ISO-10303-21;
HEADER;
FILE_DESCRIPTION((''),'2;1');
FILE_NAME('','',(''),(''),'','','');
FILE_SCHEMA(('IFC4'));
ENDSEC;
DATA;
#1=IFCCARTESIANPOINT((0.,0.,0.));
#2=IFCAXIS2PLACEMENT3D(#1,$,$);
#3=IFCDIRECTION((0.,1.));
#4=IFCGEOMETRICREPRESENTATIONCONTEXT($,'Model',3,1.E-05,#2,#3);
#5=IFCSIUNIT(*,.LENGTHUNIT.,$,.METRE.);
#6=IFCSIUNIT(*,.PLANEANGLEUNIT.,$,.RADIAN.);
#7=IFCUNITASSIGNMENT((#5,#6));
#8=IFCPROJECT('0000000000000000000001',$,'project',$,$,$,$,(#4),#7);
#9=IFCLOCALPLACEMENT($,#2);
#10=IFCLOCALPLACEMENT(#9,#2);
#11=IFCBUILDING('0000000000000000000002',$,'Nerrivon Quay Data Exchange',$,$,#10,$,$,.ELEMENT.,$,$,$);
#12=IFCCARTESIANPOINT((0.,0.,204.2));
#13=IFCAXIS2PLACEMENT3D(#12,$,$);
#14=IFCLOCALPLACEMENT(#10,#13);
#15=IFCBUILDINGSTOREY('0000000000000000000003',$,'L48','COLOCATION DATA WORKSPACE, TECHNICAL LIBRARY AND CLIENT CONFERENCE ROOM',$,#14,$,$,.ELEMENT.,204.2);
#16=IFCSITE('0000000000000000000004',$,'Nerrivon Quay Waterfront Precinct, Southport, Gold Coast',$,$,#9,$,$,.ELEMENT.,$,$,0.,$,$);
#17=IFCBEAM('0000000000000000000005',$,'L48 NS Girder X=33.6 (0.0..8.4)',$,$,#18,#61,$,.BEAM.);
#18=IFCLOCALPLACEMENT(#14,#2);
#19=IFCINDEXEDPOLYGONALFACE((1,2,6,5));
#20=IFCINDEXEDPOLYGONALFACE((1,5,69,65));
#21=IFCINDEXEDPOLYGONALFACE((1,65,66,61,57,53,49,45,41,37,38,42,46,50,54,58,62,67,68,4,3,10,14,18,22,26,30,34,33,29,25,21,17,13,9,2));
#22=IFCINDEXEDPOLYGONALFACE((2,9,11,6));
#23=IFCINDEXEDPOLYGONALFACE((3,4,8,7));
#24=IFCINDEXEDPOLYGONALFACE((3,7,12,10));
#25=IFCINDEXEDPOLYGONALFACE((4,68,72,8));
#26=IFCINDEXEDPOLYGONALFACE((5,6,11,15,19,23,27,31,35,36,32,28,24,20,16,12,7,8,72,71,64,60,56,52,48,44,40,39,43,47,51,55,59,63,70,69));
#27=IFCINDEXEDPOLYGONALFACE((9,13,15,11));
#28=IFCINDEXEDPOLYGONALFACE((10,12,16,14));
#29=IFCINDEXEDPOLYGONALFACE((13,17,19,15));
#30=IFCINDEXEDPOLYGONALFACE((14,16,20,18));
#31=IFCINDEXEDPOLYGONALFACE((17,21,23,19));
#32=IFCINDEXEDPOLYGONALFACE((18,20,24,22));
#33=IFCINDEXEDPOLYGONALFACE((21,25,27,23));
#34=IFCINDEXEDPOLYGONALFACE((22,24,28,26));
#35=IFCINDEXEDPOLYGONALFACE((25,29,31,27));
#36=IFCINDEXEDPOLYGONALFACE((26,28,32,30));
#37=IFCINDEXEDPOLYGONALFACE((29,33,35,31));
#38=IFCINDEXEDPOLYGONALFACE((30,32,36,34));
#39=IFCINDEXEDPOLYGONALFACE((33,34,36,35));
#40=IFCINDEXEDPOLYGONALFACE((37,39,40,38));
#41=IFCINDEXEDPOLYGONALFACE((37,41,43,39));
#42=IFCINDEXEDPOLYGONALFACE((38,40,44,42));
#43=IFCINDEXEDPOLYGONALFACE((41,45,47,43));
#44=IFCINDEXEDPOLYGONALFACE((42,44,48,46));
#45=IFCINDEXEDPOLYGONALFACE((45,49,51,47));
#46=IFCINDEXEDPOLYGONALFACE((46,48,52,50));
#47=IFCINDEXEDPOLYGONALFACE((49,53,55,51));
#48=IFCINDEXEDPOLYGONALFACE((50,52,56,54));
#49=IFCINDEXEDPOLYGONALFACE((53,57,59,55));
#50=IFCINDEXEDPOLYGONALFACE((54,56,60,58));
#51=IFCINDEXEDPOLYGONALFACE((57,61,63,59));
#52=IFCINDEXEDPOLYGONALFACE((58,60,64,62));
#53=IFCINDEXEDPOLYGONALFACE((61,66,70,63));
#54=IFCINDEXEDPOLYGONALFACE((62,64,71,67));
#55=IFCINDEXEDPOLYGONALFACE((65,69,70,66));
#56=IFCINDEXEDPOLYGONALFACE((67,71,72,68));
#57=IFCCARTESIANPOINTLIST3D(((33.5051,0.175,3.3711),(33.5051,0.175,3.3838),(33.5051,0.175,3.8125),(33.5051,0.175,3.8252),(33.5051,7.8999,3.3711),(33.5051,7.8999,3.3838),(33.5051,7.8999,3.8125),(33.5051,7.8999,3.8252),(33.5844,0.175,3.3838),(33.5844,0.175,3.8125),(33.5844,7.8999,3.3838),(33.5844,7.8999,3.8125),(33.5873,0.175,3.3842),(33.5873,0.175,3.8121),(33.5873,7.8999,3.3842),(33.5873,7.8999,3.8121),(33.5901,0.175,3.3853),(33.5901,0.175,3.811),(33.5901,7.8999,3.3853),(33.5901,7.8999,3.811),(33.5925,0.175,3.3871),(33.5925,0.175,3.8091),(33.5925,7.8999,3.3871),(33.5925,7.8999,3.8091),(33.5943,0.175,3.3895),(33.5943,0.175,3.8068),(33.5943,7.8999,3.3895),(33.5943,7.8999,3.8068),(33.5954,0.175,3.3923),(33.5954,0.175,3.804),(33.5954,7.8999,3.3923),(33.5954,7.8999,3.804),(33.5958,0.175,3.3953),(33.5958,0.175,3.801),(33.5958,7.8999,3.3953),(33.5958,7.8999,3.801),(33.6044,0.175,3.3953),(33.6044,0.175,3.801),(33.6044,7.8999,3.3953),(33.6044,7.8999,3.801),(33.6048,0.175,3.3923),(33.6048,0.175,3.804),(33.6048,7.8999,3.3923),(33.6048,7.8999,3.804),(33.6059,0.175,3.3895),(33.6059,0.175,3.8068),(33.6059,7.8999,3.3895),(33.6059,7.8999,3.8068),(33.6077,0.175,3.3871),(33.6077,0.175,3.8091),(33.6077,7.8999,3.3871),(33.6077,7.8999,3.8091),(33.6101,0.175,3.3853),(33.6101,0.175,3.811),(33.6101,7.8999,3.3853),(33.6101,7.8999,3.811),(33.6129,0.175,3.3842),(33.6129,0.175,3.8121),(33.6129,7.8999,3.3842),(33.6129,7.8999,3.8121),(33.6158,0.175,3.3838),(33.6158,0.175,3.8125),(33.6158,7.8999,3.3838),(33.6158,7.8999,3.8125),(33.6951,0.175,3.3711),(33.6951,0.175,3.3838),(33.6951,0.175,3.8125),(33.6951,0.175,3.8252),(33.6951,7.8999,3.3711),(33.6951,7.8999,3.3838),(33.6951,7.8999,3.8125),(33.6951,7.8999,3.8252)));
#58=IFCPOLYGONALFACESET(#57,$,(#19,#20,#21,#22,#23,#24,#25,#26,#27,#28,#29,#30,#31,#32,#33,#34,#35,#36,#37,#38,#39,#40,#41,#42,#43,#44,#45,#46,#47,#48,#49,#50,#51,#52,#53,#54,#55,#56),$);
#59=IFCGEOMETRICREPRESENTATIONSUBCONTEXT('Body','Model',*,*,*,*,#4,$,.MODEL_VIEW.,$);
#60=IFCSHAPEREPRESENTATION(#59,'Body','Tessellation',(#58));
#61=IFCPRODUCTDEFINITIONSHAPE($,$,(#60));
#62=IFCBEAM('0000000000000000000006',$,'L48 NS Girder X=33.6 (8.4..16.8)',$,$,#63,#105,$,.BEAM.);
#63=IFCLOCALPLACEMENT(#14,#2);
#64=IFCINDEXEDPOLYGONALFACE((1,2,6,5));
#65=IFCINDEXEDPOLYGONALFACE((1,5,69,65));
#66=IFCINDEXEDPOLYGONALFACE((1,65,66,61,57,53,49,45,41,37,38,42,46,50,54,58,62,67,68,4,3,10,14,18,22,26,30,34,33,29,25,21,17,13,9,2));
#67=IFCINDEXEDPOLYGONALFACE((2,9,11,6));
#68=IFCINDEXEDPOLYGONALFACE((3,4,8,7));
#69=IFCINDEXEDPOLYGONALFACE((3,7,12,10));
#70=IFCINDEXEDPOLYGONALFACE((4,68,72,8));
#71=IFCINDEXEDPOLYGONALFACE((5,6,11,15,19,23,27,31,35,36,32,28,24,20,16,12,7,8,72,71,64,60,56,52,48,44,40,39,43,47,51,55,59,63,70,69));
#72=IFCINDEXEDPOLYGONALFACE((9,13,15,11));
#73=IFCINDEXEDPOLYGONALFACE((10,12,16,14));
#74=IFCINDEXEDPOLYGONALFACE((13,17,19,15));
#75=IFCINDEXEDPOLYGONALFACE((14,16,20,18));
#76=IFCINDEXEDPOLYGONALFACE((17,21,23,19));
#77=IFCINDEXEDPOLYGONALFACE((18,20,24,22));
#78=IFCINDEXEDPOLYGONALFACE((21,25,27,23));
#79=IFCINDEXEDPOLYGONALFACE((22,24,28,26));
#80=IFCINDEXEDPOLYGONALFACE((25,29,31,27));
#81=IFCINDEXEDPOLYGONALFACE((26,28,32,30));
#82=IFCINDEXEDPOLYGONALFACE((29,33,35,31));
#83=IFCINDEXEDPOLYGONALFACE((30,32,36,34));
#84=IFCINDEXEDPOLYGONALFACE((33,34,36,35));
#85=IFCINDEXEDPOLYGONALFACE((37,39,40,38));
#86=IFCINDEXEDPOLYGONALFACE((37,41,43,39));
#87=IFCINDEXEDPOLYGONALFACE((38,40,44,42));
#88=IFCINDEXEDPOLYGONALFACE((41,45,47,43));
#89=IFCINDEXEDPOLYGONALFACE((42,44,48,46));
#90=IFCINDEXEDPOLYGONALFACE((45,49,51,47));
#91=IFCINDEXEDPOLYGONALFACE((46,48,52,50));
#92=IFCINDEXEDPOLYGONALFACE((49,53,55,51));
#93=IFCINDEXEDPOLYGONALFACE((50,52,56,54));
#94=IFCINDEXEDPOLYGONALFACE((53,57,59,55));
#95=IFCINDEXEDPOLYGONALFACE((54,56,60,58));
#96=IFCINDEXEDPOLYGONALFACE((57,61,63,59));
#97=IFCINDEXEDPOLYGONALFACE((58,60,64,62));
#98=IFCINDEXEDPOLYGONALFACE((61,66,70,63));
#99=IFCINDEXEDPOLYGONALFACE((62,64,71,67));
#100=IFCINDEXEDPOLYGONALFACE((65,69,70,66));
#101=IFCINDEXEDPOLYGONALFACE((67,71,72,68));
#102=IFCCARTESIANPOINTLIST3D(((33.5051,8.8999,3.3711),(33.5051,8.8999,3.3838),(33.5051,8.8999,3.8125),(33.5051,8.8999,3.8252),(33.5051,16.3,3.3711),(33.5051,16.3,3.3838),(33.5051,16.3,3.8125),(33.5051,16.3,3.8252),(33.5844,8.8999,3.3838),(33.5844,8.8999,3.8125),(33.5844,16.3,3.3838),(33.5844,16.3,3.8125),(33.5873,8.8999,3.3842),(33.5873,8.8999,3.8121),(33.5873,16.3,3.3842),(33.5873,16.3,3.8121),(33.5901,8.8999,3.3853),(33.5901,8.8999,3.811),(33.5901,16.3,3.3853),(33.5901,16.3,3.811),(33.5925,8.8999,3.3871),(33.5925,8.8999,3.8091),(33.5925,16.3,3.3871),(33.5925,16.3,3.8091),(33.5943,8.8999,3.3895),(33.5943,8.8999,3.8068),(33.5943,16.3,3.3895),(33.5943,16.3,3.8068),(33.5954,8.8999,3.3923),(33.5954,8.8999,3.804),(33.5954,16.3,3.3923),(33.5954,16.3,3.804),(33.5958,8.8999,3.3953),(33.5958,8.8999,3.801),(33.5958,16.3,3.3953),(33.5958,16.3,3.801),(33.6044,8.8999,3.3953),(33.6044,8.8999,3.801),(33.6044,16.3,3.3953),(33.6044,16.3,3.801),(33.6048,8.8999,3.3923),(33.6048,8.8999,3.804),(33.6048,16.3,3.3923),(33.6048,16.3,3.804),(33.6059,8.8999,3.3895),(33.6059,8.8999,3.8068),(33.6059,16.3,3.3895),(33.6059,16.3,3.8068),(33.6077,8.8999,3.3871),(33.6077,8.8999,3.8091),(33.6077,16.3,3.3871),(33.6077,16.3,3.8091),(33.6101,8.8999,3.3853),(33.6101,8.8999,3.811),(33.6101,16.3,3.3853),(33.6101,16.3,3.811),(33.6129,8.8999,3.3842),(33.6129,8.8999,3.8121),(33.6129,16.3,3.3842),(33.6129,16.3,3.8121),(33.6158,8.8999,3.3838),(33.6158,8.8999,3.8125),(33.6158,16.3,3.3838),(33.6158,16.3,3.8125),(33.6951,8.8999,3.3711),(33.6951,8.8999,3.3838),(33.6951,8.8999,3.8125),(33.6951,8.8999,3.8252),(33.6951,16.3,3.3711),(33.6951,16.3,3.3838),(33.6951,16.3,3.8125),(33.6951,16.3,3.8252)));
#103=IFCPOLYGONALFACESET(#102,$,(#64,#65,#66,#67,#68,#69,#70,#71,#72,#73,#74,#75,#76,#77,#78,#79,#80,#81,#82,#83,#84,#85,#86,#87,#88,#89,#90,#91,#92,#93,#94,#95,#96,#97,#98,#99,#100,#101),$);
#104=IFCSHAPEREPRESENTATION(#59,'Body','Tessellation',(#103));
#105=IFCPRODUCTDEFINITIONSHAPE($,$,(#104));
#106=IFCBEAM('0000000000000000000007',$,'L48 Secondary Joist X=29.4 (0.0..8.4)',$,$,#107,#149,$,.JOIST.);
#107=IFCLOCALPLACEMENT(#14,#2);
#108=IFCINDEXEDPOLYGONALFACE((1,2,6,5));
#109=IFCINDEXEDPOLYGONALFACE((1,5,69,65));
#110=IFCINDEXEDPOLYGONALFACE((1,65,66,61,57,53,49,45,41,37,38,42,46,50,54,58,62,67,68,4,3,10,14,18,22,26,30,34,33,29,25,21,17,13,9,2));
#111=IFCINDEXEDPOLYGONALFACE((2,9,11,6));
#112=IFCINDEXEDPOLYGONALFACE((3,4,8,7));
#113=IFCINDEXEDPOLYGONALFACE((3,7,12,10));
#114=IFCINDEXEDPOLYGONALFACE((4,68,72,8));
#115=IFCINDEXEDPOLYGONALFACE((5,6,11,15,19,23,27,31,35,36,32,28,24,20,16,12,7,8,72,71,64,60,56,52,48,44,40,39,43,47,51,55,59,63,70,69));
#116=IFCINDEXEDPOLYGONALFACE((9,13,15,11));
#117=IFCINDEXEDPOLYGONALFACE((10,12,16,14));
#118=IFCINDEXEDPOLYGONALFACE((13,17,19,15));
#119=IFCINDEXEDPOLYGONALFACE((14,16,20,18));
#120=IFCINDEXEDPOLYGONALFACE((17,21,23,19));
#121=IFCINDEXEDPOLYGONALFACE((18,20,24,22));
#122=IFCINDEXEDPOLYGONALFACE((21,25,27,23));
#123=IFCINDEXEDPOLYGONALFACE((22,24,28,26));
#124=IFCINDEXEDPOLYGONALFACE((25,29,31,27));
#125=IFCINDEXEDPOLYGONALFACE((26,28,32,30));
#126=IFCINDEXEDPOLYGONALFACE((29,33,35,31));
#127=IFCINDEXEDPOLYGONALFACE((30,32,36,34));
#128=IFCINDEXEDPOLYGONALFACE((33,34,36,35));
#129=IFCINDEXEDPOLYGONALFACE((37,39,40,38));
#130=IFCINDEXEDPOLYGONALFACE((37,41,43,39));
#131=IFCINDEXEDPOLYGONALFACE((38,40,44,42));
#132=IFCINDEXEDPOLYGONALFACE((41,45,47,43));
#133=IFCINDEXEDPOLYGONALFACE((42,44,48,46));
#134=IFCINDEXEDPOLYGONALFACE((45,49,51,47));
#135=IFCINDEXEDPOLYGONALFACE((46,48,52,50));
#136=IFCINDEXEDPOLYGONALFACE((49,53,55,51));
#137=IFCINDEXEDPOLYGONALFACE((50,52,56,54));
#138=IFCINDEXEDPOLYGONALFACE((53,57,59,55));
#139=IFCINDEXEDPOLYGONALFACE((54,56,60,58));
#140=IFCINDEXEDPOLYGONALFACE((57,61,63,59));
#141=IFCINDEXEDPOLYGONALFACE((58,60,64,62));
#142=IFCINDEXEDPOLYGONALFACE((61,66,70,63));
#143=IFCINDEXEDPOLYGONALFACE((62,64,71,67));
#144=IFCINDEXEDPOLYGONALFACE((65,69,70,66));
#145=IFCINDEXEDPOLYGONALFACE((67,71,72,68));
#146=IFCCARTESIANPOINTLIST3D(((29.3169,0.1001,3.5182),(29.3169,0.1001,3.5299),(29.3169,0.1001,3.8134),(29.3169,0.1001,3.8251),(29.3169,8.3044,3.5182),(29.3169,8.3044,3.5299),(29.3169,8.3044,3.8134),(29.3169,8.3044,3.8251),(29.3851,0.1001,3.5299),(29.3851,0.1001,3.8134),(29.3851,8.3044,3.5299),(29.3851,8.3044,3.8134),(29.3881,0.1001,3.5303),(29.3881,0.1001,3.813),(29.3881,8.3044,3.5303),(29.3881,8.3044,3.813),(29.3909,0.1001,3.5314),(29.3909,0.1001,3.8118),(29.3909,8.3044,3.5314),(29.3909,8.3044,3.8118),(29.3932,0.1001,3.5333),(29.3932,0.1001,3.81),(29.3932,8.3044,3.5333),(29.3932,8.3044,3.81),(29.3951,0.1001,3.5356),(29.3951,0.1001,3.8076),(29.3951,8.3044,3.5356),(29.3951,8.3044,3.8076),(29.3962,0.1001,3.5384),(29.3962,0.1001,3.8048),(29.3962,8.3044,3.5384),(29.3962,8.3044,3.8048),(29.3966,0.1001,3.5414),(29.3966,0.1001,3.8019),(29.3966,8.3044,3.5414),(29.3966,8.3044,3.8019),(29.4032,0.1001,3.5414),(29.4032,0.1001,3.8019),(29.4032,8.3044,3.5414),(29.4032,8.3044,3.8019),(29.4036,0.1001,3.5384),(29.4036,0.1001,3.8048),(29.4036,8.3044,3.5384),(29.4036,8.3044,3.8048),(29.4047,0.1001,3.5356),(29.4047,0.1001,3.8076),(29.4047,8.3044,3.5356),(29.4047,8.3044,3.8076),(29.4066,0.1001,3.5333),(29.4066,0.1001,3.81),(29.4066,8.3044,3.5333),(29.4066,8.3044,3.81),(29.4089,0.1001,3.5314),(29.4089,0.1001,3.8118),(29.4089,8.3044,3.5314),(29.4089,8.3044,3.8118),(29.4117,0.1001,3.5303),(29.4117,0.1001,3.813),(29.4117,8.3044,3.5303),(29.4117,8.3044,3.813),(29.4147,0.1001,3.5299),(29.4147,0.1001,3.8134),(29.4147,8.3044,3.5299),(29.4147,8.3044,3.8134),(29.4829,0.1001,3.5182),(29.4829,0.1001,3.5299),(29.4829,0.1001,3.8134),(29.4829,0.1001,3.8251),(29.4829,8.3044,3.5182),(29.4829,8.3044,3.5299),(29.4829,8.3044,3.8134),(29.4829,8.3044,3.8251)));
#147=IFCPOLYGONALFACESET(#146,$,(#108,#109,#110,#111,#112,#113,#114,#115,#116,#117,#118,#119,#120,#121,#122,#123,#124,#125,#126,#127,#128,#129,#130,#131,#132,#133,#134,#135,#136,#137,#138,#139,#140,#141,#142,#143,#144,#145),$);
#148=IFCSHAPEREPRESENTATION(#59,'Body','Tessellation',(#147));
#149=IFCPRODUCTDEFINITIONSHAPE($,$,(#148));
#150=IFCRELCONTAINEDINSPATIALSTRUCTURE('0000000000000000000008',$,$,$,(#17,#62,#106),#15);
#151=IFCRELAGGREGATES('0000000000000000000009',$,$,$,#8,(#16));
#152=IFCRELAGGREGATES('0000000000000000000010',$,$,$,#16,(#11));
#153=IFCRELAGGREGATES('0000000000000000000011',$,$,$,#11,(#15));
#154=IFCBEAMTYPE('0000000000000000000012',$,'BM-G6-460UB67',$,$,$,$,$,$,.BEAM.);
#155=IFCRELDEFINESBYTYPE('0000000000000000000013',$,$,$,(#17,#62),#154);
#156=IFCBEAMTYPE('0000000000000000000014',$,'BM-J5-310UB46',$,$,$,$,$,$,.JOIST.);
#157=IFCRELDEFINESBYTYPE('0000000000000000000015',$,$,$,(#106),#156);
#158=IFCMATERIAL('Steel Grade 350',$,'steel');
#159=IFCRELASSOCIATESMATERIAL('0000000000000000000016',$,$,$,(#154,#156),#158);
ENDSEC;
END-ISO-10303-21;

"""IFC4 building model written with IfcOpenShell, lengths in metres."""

from ifc_helpers import new_model, si_unit, direction, frame, origin, origin_2d, place, context, subcontext, project, spatial, i_section, extrude, material, material_profile, profile_set, type_object, element, save


model = new_model("IFC4")

# Units and contexts
model_context = context("Model", 3, precision=1e-05, world=origin(), true_north=direction((0.0, 1.0)))
body_context = subcontext(model_context, "Body", "Model", "MODEL_VIEW")
ifc_project = project(units=[si_unit("LENGTHUNIT", "METRE"), si_unit("PLANEANGLEUNIT", "RADIAN")], contexts=[model_context])

# Site, building, storey
site_placement = place(None, origin())
site = spatial("IfcSite", under=ifc_project, at=site_placement, Name="Nerrivon Quay Waterfront Precinct, Southport, Gold Coast", CompositionType="ELEMENT", RefElevation=0.0)
building_placement = place(site_placement, origin())
building = spatial("IfcBuilding", under=site, at=building_placement, Name="Nerrivon Quay Data Exchange", CompositionType="ELEMENT")
storey_placement = place(building_placement, frame((0.0, 0.0, 204.2)))
storey = spatial("IfcBuildingStorey", under=building, at=storey_placement, Name="L48", Description="COLOCATION DATA WORKSPACE, TECHNICAL LIBRARY AND CLIENT CONFERENCE ROOM", CompositionType="ELEMENT", Elevation=204.2)

# Shared definitions
ifc_material_1 = material(Name="Steel Grade 350", Category="steel")

# Beams
ifc_material_profile_1 = material_profile(ifc_material_1, i_section(OverallWidth=0.1899, OverallDepth=0.4541, WebThickness=0.0085, FlangeThickness=0.0127, FilletRadius=0.0115, at=origin_2d()), Name="460UB67.1")
ifc_profile_set_1 = profile_set([ifc_material_profile_1], Name="Steel Grade 350")
beam_type_1 = type_object("IfcBeamType", Name="BM-G6-460UB67", PredefinedType="BEAM", material=ifc_profile_set_1)
for number, where, z_axis, x_axis, name in (
    (1, (33.6001, 0.175, 3.5981), (0.0, 1.0, 0.0), (-1.0, 0.0, 0.0), "L48 NS Girder X=33.6 (0.0..8.4)"),
):
    element("IfcBeam", number, at=place(storey_placement, frame(where, z_axis=z_axis, x_axis=x_axis)), inside=storey, type_object=beam_type_1, Name=name, PredefinedType="BEAM", context=body_context, shape_type="SweptSolid", body=[
        extrude(i_section(OverallWidth=0.1899, OverallDepth=0.4541, WebThickness=0.0085, FlangeThickness=0.0127, FilletRadius=0.0115, at=origin_2d()), origin(), (0.0, 0.0, 1.0), 7.7249),
    ])
beam_1_placement = place(storey_placement, frame((33.6001, 8.8999, 3.5981), z_axis=(0.0, 1.0, 0.0), x_axis=(-1.0, 0.0, 0.0)))
element("IfcBeam", 2, at=beam_1_placement, inside=storey, type_object=beam_type_1, Name="L48 NS Girder X=33.6 (8.4..16.8)", PredefinedType="BEAM", context=body_context, shape_type="SweptSolid", body=[
    extrude(i_section(OverallWidth=0.1899, OverallDepth=0.4541, WebThickness=0.0085, FlangeThickness=0.0127, FilletRadius=0.0115, at=origin_2d()), origin(), (0.0, 0.0, 1.0), 7.4001),
])
ifc_material_profile_2 = material_profile(ifc_material_1, i_section(OverallWidth=0.166, OverallDepth=0.3069, WebThickness=0.0066, FlangeThickness=0.0117, FilletRadius=0.0115, at=origin_2d()), Name="310UB46.2")
ifc_profile_set_2 = profile_set([ifc_material_profile_2], Name="Steel Grade 350")
beam_type_2 = type_object("IfcBeamType", Name="BM-J5-310UB46", PredefinedType="JOIST", material=ifc_profile_set_2)
beam_2_placement = place(storey_placement, frame((29.3999, 0.1001, 3.6716), z_axis=(0.0, 1.0, 0.0), x_axis=(-1.0, 0.0, 0.0)))
element("IfcBeam", 3, at=beam_2_placement, inside=storey, type_object=beam_type_2, Name="L48 Secondary Joist X=29.4 (0.0..8.4)", PredefinedType="JOIST", context=body_context, shape_type="SweptSolid", body=[
    extrude(i_section(OverallWidth=0.166, OverallDepth=0.3069, WebThickness=0.0066, FlangeThickness=0.0117, FilletRadius=0.0115, at=origin_2d()), origin(), (0.0, 0.0, 1.0), 8.2043),
])

save(model, "model.ifc")
